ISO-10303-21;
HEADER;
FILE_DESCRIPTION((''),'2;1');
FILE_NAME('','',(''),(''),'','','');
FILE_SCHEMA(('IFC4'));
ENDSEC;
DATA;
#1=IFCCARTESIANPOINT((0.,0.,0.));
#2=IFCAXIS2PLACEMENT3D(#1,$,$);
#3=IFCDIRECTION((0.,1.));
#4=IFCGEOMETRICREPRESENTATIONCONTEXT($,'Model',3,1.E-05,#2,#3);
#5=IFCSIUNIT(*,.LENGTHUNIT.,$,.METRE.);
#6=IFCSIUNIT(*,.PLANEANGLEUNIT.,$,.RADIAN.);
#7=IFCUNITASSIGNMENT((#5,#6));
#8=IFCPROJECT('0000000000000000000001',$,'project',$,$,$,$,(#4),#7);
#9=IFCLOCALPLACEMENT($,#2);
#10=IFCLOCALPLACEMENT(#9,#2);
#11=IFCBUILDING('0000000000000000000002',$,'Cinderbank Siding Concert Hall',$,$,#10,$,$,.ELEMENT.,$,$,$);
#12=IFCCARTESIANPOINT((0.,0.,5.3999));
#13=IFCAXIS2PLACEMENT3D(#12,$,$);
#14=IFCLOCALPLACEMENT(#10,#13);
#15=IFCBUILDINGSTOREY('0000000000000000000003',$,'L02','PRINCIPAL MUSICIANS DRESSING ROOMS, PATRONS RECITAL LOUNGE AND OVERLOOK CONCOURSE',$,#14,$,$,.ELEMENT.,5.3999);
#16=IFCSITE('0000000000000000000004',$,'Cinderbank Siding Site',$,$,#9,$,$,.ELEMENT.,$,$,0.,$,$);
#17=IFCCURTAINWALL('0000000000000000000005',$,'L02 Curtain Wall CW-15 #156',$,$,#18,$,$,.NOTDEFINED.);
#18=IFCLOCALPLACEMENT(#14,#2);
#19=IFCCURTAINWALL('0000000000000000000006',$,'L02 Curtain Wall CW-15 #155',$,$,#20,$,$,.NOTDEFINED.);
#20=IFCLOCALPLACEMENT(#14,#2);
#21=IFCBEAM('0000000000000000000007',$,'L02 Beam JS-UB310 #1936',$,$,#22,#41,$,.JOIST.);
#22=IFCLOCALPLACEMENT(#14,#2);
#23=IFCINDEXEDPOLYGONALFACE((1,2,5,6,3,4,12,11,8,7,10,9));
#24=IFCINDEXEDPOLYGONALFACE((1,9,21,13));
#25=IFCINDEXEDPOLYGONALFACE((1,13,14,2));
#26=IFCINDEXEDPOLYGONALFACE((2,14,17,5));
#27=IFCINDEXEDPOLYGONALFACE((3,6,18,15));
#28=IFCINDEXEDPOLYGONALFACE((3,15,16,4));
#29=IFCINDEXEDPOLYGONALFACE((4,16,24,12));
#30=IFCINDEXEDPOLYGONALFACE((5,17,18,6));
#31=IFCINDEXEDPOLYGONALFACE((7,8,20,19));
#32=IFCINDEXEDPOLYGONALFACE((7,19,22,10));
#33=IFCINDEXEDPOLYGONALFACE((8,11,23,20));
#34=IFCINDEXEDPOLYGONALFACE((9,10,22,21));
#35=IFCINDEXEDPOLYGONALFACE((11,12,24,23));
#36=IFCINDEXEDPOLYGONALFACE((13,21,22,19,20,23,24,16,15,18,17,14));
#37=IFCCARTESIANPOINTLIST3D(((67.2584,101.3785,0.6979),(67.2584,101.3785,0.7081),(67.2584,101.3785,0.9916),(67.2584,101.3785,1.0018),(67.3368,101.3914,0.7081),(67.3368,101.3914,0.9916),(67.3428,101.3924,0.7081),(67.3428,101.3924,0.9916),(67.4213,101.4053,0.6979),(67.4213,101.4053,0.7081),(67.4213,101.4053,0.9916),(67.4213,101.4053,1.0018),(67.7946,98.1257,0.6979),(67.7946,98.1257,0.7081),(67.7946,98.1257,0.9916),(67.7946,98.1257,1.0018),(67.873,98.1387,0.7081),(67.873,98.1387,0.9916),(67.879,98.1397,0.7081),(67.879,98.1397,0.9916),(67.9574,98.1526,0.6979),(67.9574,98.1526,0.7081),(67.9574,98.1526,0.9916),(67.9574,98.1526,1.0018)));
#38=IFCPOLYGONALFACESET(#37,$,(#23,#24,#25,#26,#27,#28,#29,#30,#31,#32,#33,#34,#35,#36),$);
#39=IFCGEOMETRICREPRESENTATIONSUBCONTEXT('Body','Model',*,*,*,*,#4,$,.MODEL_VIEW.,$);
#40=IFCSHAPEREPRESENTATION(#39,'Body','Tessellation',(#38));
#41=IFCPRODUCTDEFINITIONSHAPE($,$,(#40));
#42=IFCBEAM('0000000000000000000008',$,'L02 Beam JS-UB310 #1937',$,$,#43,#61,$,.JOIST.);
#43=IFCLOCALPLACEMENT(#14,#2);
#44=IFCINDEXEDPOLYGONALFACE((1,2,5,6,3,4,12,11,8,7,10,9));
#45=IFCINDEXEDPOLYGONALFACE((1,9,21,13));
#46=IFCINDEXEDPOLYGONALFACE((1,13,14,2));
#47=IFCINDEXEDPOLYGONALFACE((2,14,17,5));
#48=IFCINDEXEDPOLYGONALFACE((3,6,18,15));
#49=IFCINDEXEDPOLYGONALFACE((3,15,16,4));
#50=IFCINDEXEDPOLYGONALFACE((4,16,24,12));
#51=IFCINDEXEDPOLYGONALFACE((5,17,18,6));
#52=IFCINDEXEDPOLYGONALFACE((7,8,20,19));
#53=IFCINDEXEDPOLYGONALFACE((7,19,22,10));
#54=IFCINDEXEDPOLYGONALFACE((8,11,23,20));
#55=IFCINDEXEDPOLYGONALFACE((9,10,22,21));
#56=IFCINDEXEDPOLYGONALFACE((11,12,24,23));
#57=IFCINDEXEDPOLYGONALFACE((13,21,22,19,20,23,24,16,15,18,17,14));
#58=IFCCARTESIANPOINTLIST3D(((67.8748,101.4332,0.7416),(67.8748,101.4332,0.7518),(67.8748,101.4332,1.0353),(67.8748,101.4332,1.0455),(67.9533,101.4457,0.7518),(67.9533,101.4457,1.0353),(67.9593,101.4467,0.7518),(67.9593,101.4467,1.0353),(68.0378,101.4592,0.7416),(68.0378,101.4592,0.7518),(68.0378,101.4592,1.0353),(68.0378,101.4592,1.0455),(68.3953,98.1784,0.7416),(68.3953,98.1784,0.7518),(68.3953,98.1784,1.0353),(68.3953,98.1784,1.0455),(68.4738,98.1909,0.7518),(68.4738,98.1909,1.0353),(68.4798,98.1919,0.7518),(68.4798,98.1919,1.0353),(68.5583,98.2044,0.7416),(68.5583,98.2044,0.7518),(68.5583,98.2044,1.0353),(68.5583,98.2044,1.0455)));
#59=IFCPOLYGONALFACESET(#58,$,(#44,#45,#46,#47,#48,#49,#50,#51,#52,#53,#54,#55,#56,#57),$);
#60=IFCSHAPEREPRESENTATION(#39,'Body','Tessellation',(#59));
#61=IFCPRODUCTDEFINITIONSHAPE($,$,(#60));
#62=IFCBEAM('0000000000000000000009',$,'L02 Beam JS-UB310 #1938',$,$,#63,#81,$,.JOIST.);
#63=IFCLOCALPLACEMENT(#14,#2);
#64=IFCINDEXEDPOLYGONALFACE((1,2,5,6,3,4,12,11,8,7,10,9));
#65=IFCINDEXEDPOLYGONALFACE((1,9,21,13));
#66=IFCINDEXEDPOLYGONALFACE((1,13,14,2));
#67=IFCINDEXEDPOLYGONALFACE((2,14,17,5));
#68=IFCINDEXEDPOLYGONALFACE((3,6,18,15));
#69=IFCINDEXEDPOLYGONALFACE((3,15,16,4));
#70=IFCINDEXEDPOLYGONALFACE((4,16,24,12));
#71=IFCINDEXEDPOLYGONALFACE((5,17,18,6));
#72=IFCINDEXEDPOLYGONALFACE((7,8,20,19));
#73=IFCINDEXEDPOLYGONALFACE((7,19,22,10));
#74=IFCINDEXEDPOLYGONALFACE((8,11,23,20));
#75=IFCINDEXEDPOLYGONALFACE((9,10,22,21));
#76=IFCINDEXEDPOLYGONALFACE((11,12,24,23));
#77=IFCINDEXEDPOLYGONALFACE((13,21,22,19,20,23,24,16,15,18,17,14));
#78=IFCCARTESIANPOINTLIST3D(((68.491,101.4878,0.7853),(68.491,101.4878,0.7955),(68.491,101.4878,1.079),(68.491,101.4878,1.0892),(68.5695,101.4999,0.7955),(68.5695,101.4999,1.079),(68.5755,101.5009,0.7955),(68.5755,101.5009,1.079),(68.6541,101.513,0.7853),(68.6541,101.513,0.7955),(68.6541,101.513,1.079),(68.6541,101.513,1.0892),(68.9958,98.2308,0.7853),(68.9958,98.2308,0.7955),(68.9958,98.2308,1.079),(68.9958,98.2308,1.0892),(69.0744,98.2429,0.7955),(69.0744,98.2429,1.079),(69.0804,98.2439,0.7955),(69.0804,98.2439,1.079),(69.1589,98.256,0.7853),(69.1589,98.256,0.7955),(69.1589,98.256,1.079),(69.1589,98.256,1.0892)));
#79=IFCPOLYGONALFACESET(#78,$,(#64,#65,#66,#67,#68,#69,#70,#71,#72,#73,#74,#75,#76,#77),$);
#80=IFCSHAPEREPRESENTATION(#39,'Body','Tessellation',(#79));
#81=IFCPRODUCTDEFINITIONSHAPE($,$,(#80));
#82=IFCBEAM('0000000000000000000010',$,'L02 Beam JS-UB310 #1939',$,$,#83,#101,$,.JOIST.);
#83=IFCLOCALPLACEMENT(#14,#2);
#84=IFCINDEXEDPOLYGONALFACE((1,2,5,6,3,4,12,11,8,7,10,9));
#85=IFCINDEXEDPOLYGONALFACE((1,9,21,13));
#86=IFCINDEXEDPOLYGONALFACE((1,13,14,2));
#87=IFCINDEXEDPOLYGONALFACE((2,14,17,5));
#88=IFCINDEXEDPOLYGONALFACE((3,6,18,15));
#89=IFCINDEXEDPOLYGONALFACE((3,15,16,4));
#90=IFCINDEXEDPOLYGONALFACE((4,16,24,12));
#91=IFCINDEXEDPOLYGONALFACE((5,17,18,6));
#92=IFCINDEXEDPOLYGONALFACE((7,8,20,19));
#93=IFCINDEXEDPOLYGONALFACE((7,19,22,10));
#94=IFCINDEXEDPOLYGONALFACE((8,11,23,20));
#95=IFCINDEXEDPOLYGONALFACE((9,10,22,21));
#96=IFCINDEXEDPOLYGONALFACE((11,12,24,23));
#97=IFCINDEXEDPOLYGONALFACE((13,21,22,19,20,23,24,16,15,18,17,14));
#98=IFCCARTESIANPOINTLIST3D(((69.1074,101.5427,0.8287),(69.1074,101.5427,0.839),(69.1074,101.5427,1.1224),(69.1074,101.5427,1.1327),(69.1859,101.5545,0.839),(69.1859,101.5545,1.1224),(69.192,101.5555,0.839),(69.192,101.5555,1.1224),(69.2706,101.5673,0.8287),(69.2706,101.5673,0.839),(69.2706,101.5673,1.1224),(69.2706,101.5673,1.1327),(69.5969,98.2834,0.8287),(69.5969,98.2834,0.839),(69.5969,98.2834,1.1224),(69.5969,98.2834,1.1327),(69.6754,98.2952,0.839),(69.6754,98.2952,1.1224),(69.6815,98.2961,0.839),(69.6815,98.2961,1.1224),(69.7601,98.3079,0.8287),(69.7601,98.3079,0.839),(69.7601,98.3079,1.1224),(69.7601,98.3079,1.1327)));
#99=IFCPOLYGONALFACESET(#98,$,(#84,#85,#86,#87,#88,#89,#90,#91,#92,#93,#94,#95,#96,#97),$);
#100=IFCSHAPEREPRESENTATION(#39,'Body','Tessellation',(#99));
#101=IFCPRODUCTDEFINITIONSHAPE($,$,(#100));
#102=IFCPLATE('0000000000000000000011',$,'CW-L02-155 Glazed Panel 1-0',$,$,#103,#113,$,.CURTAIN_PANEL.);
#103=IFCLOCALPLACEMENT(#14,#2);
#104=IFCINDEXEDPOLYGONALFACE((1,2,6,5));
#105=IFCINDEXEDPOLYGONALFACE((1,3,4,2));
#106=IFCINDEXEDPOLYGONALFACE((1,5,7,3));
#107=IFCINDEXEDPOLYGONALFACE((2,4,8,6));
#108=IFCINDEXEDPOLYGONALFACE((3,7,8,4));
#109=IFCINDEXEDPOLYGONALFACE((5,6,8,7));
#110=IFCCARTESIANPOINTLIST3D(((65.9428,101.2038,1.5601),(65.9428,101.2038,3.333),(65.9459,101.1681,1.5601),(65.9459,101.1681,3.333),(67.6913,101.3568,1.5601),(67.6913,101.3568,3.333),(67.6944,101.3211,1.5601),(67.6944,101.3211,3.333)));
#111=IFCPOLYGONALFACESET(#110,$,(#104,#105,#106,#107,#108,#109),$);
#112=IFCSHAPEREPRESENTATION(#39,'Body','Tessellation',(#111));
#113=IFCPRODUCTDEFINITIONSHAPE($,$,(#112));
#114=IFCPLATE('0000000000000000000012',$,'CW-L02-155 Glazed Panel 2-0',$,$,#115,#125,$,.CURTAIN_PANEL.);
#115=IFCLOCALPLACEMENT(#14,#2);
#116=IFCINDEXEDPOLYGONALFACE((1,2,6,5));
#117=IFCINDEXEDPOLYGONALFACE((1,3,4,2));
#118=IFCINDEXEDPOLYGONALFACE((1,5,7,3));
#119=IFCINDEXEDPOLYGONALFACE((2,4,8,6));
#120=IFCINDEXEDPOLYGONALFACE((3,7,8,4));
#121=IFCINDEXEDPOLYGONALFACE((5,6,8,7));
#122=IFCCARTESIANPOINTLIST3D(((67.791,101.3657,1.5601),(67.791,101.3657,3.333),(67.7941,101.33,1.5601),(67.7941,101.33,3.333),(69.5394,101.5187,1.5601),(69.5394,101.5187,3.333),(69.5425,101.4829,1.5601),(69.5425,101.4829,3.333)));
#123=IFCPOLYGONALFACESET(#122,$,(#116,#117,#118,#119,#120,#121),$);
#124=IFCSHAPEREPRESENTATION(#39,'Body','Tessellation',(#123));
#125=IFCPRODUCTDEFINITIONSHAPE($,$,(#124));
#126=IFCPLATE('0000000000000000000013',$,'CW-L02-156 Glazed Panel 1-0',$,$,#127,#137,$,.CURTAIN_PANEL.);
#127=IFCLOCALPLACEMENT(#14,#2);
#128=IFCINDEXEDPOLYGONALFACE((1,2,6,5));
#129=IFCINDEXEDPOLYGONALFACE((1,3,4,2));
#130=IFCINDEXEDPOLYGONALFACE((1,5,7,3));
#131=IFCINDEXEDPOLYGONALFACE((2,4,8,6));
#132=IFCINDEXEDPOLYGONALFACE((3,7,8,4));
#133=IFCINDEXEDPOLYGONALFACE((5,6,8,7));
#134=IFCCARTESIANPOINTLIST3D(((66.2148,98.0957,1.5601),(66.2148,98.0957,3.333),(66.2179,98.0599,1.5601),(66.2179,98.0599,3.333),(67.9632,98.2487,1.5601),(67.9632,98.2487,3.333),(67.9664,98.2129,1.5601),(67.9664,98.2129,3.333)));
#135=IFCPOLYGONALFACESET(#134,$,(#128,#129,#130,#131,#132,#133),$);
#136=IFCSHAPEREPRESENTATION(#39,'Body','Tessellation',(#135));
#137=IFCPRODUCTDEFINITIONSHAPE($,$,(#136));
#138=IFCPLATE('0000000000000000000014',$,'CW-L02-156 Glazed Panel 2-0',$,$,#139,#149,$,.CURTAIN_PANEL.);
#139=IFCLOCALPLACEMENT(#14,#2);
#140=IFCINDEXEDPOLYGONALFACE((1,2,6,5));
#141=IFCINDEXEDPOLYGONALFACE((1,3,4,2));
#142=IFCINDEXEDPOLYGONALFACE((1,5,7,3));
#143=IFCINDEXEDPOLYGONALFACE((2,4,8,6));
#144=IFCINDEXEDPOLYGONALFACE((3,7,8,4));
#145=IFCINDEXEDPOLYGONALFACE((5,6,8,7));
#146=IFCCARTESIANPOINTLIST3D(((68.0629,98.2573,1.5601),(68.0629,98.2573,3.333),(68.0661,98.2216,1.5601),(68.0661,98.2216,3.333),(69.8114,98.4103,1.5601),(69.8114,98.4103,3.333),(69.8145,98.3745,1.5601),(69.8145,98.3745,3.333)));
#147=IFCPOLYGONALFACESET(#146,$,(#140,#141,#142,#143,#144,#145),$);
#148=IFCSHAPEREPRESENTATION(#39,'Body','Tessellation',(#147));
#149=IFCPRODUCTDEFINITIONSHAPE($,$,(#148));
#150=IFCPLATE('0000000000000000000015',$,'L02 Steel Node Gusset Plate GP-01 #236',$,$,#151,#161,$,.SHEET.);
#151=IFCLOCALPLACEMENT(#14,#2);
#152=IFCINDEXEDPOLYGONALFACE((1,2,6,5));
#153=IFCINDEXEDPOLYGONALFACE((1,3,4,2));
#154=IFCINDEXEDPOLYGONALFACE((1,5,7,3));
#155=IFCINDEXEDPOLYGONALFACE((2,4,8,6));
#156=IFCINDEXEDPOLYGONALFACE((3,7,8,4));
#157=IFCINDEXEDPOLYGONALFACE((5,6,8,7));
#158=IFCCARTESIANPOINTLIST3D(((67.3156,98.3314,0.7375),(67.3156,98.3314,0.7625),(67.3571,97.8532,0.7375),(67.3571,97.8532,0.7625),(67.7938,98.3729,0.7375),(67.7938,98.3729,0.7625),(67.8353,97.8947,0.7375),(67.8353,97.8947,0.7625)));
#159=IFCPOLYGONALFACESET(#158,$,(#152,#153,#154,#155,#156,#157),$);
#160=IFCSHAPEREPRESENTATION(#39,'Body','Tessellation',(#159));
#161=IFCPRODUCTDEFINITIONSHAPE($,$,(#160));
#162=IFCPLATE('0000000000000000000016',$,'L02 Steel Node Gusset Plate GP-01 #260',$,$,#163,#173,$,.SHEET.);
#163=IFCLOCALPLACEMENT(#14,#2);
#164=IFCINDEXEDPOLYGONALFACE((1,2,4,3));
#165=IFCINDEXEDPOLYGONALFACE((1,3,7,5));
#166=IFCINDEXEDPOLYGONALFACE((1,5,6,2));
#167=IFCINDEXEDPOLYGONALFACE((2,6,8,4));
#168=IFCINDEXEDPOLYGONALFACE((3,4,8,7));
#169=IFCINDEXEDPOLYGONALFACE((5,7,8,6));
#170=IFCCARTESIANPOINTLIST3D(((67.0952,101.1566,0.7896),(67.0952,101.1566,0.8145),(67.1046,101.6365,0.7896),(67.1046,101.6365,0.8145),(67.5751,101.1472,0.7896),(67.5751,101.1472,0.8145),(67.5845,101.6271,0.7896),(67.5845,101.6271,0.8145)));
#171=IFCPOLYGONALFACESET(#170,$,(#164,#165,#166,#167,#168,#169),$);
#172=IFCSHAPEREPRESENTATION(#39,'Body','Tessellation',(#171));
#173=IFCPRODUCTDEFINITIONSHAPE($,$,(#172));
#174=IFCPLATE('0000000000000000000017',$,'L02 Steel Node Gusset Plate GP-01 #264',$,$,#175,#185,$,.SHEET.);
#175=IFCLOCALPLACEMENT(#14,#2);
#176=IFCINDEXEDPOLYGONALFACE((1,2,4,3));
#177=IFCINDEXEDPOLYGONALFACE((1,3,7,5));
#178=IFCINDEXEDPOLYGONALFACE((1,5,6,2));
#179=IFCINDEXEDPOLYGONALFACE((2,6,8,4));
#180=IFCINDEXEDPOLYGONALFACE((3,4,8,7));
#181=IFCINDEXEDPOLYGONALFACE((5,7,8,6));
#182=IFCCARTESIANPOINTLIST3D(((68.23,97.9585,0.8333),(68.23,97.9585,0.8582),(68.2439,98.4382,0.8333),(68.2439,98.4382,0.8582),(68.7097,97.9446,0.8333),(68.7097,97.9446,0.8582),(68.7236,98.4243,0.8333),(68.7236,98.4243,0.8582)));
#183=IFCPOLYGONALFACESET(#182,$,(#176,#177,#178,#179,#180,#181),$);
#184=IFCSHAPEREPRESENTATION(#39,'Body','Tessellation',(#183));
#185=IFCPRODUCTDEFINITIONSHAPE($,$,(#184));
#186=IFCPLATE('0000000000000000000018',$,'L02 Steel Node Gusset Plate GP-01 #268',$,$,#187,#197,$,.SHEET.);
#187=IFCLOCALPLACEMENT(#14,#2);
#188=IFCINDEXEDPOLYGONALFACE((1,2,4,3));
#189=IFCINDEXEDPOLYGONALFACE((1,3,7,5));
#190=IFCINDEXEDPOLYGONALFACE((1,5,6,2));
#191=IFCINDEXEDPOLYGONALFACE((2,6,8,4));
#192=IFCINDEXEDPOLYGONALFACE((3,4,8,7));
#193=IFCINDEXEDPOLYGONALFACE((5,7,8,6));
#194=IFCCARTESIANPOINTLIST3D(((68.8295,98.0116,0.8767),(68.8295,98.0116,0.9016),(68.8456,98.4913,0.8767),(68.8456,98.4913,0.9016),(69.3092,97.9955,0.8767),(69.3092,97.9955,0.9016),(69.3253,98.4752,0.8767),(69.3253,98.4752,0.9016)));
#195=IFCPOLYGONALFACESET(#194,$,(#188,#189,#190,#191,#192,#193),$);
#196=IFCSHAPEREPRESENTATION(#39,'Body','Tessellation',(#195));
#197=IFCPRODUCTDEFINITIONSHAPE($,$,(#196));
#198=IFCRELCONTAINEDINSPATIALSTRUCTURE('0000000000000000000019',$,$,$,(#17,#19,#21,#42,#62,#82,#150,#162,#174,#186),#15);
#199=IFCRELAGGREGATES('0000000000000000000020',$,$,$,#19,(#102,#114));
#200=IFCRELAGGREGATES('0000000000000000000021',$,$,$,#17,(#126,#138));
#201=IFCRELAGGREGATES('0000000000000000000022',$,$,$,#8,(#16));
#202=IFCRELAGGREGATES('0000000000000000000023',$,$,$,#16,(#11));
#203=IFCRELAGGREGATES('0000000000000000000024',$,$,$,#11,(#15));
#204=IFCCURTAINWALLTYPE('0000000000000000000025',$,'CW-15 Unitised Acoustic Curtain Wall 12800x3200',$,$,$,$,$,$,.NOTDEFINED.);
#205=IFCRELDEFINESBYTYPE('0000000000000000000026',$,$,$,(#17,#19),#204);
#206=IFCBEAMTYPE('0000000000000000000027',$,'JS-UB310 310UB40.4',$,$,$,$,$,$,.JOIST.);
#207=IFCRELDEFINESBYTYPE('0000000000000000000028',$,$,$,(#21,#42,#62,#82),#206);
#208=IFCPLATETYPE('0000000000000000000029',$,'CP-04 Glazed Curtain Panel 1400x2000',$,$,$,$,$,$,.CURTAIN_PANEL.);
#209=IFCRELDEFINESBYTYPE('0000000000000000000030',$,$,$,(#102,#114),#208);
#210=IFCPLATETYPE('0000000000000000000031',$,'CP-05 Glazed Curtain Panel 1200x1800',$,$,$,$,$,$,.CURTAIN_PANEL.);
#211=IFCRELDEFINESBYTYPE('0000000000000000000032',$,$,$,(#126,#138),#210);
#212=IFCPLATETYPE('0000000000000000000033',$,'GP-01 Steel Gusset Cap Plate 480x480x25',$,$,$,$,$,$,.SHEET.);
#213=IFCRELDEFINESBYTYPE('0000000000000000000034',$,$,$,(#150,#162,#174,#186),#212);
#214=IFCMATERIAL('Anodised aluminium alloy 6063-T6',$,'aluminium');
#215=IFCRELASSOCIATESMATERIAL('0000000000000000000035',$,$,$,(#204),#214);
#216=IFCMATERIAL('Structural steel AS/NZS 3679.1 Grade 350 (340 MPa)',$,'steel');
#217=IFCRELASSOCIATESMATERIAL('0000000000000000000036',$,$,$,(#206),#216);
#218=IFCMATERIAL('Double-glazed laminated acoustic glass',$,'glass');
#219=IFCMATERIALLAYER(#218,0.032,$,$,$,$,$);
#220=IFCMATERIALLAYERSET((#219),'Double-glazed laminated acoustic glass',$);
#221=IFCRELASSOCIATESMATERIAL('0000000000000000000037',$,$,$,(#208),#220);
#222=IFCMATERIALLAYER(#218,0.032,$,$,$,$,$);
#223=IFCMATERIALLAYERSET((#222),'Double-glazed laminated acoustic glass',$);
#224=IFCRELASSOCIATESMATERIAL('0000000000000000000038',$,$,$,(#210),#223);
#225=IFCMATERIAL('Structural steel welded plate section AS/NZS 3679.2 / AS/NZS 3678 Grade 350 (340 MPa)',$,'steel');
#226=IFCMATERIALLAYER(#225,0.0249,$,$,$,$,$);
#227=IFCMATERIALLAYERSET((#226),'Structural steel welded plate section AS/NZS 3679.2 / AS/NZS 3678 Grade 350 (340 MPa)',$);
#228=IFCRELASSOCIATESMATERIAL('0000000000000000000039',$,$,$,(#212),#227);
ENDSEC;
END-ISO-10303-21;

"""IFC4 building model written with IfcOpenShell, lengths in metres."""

from ifc_helpers import new_model, si_unit, direction, frame, origin, origin_2d, place, context, subcontext, project, spatial, rectangle, i_section, extrude, material, layer, layer_set, material_profile, profile_set, type_object, element, aggregate, save


model = new_model("IFC4")

# Units and contexts
model_context = context("Model", 3, precision=1e-05, world=origin(), true_north=direction((0.0, 1.0)))
body_context = subcontext(model_context, "Body", "Model", "MODEL_VIEW")
ifc_project = project(units=[si_unit("LENGTHUNIT", "METRE"), si_unit("PLANEANGLEUNIT", "RADIAN")], contexts=[model_context])

# Site, building, storey
site_placement = place(None, origin())
site = spatial("IfcSite", under=ifc_project, at=site_placement, Name="Cinderbank Siding Site", CompositionType="ELEMENT", RefElevation=0.0)
building_placement = place(site_placement, origin())
building = spatial("IfcBuilding", under=site, at=building_placement, Name="Cinderbank Siding Concert Hall", CompositionType="ELEMENT")
storey_placement = place(building_placement, frame((0.0, 0.0, 5.3999)))
storey = spatial("IfcBuildingStorey", under=building, at=storey_placement, Name="L02", Description="PRINCIPAL MUSICIANS DRESSING ROOMS, PATRONS RECITAL LOUNGE AND OVERLOOK CONCOURSE", CompositionType="ELEMENT", Elevation=5.3999)

# Curtain wall
ifc_material_1 = material(Name="Anodised aluminium alloy 6063-T6", Category="aluminium")
curtain_wall_type = type_object("IfcCurtainWallType", Name="CW-15 Unitised Acoustic Curtain Wall 12800x3200", PredefinedType="NOTDEFINED", material=ifc_material_1)
curtain_wall_1_placement = place(storey_placement, origin())
curtain_wall_1 = element("IfcCurtainWall", 1, at=curtain_wall_1_placement, inside=storey, type_object=curtain_wall_type, Name="L02 Curtain Wall CW-15 #156", PredefinedType="NOTDEFINED")

# Curtain wall
curtain_wall_2_placement = place(storey_placement, origin())
curtain_wall_2 = element("IfcCurtainWall", 2, at=curtain_wall_2_placement, inside=storey, type_object=curtain_wall_type, Name="L02 Curtain Wall CW-15 #155", PredefinedType="NOTDEFINED")

# Beams
ifc_material_2 = material(Name="Structural steel AS/NZS 3679.1 Grade 350 (340 MPa)", Category="steel")
ifc_material_profile_1 = material_profile(ifc_material_2, i_section(OverallWidth=0.165, OverallDepth=0.304, WebThickness=0.0061, FlangeThickness=0.0103, at=origin_2d()), Name="310UB40.4", Category="LoadBearing")
ifc_profile_set_1 = profile_set([ifc_material_profile_1], Name="Structural steel AS/NZS 3679.1 Grade 350 (340 MPa)")
beam_type = type_object("IfcBeamType", Name="JS-UB310 310UB40.4", PredefinedType="JOIST", material=ifc_profile_set_1)
beam_1_placement = place(storey_placement, frame((67.876, 98.1392, 0.8499), z_axis=(-0.162633, 0.986687, 0.0), x_axis=(-0.986687, -0.162633, 0.0)))
element("IfcBeam", 3, at=beam_1_placement, inside=storey, type_object=beam_type, Name="L02 Beam JS-UB310 #1936", PredefinedType="JOIST", context=body_context, shape_type="SweptSolid", body=[
    extrude(i_section(OverallWidth=0.165, OverallDepth=0.304, WebThickness=0.0061, FlangeThickness=0.0103, at=origin_2d()), origin(), (0.0, 0.0, 1.0), 3.2966),
])
beam_2_placement = place(storey_placement, frame((68.4768, 98.1914, 0.8936), z_axis=(-0.15791, 0.987454, 0.0), x_axis=(-0.987454, -0.15791, 0.0)))
element("IfcBeam", 4, at=beam_2_placement, inside=storey, type_object=beam_type, Name="L02 Beam JS-UB310 #1937", PredefinedType="JOIST", context=body_context, shape_type="SweptSolid", body=[
    extrude(i_section(OverallWidth=0.165, OverallDepth=0.304, WebThickness=0.0061, FlangeThickness=0.0103, at=origin_2d()), origin(), (0.0, 0.0, 1.0), 3.2961),
])
for number, where, z_axis, x_axis, name in (
    (5, (69.0774, 98.2434, 0.9373), (-0.153181, 0.988198, 0.0), (-0.988198, -0.153181, 0.0), "L02 Beam JS-UB310 #1938"),
    (6, (69.6785, 98.2957, 0.9807), (-0.148522, 0.988909, 0.0), (-0.988909, -0.148522, 0.0), "L02 Beam JS-UB310 #1939"),
):
    element("IfcBeam", number, at=place(storey_placement, frame(where, z_axis=z_axis, x_axis=x_axis)), inside=storey, type_object=beam_type, Name=name, PredefinedType="JOIST", context=body_context, shape_type="SweptSolid", body=[
        extrude(i_section(OverallWidth=0.165, OverallDepth=0.304, WebThickness=0.0061, FlangeThickness=0.0103, at=origin_2d()), origin(), (0.0, 0.0, 1.0), 3.2959),
    ])

# Plates
ifc_material_3 = material(Name="Double-glazed laminated acoustic glass", Category="glass")
ifc_layer_1 = layer(ifc_material_3, 0.032)
ifc_layer_set_1 = layer_set([ifc_layer_1], Name="Double-glazed laminated acoustic glass")
plate_type_1 = type_object("IfcPlateType", Name="CP-04 Glazed Curtain Panel 1400x2000", PredefinedType="CURTAIN_PANEL", material=ifc_layer_set_1)
plate_1_placement = place(storey_placement, frame((66.8186, 101.2625, 1.5601), z_axis=(0.0, 0.0, 1.0), x_axis=(0.996195, 0.087157, 0.0)))
plate_1 = element("IfcPlate", 7, at=plate_1_placement, type_object=plate_type_1, Name="CW-L02-155 Glazed Panel 1-0", PredefinedType="CURTAIN_PANEL", context=body_context, shape_type="SweptSolid", body=[
    extrude(rectangle(XDim=1.7551, YDim=0.0359, at=origin_2d()), origin(), (0.0, 0.0, 1.0), 1.7729),
])
plate_2_placement = place(storey_placement, frame((68.6667, 101.4243, 1.5601), z_axis=(0.0, 0.0, 1.0), x_axis=(0.996195, 0.087157, 0.0)))
plate_2 = element("IfcPlate", 8, at=plate_2_placement, type_object=plate_type_1, Name="CW-L02-155 Glazed Panel 2-0", PredefinedType="CURTAIN_PANEL", context=body_context, shape_type="SweptSolid", body=[
    extrude(rectangle(XDim=1.7551, YDim=0.0359, at=origin_2d()), origin(), (0.0, 0.0, 1.0), 1.7729),
])
aggregate(curtain_wall_2, [plate_1, plate_2])
ifc_layer_2 = layer(ifc_material_3, 0.032)
ifc_layer_set_2 = layer_set([ifc_layer_2], Name="Double-glazed laminated acoustic glass")
plate_type_2 = type_object("IfcPlateType", Name="CP-05 Glazed Curtain Panel 1200x1800", PredefinedType="CURTAIN_PANEL", material=ifc_layer_set_2)
plate_3_placement = place(storey_placement, frame((67.0906, 98.1543, 1.5601), z_axis=(0.0, 0.0, 1.0), x_axis=(0.996195, 0.087157, 0.0)))
plate_3 = element("IfcPlate", 9, at=plate_3_placement, type_object=plate_type_2, Name="CW-L02-156 Glazed Panel 1-0", PredefinedType="CURTAIN_PANEL", context=body_context, shape_type="SweptSolid", body=[
    extrude(rectangle(XDim=1.7551, YDim=0.0359, at=origin_2d()), origin(), (0.0, 0.0, 1.0), 1.7729),
])
plate_4_placement = place(storey_placement, frame((68.9387, 98.3159, 1.5601), z_axis=(0.0, 0.0, 1.0), x_axis=(0.996195, 0.087157, 0.0)))
plate_4 = element("IfcPlate", 10, at=plate_4_placement, type_object=plate_type_2, Name="CW-L02-156 Glazed Panel 2-0", PredefinedType="CURTAIN_PANEL", context=body_context, shape_type="SweptSolid", body=[
    extrude(rectangle(XDim=1.7551, YDim=0.0359, at=origin_2d()), origin(), (0.0, 0.0, 1.0), 1.7729),
])
aggregate(curtain_wall_1, [plate_3, plate_4])

# Plates
ifc_material_4 = material(Name="Structural steel welded plate section AS/NZS 3679.2 / AS/NZS 3678 Grade 350 (340 MPa)", Category="steel")
ifc_layer_3 = layer(ifc_material_4, 0.0249)
ifc_layer_set_3 = layer_set([ifc_layer_3], Name="Structural steel welded plate section AS/NZS 3679.2 / AS/NZS 3678 Grade 350 (340 MPa)")
plate_type_3 = type_object("IfcPlateType", Name="GP-01 Steel Gusset Cap Plate 480x480x25", PredefinedType="SHEET", material=ifc_layer_set_3)
for number, where, z_axis, x_axis, name in (
    (11, (67.5754, 98.113, 0.7375), (0.0, 0.0, 1.0), (0.996255, 0.08646, 0.0), "L02 Steel Node Gusset Plate GP-01 #236"),
    (12, (67.3398, 101.3918, 0.7896), (0.0, 0.0, 1.0), (0.019546, 0.999809, 0.0), "L02 Steel Node Gusset Plate GP-01 #260"),
    (13, (68.4768, 98.1914, 0.8333), (0.0, 0.0, 1.0), (0.028968, 0.99958, 0.0), "L02 Steel Node Gusset Plate GP-01 #264"),
    (14, (69.0774, 98.2434, 0.8767), (0.0, 0.0, 1.0), (0.033678, 0.999433, 0.0), "L02 Steel Node Gusset Plate GP-01 #268"),
):
    element("IfcPlate", number, at=place(storey_placement, frame(where, z_axis=z_axis, x_axis=x_axis)), inside=storey, type_object=plate_type_3, Name=name, PredefinedType="SHEET", context=body_context, shape_type="SweptSolid", body=[
        extrude(rectangle(XDim=0.48, YDim=0.48, at=origin_2d()), origin(), (0.0, 0.0, 1.0), 0.0249),
    ])

save(model, "model.ifc")
